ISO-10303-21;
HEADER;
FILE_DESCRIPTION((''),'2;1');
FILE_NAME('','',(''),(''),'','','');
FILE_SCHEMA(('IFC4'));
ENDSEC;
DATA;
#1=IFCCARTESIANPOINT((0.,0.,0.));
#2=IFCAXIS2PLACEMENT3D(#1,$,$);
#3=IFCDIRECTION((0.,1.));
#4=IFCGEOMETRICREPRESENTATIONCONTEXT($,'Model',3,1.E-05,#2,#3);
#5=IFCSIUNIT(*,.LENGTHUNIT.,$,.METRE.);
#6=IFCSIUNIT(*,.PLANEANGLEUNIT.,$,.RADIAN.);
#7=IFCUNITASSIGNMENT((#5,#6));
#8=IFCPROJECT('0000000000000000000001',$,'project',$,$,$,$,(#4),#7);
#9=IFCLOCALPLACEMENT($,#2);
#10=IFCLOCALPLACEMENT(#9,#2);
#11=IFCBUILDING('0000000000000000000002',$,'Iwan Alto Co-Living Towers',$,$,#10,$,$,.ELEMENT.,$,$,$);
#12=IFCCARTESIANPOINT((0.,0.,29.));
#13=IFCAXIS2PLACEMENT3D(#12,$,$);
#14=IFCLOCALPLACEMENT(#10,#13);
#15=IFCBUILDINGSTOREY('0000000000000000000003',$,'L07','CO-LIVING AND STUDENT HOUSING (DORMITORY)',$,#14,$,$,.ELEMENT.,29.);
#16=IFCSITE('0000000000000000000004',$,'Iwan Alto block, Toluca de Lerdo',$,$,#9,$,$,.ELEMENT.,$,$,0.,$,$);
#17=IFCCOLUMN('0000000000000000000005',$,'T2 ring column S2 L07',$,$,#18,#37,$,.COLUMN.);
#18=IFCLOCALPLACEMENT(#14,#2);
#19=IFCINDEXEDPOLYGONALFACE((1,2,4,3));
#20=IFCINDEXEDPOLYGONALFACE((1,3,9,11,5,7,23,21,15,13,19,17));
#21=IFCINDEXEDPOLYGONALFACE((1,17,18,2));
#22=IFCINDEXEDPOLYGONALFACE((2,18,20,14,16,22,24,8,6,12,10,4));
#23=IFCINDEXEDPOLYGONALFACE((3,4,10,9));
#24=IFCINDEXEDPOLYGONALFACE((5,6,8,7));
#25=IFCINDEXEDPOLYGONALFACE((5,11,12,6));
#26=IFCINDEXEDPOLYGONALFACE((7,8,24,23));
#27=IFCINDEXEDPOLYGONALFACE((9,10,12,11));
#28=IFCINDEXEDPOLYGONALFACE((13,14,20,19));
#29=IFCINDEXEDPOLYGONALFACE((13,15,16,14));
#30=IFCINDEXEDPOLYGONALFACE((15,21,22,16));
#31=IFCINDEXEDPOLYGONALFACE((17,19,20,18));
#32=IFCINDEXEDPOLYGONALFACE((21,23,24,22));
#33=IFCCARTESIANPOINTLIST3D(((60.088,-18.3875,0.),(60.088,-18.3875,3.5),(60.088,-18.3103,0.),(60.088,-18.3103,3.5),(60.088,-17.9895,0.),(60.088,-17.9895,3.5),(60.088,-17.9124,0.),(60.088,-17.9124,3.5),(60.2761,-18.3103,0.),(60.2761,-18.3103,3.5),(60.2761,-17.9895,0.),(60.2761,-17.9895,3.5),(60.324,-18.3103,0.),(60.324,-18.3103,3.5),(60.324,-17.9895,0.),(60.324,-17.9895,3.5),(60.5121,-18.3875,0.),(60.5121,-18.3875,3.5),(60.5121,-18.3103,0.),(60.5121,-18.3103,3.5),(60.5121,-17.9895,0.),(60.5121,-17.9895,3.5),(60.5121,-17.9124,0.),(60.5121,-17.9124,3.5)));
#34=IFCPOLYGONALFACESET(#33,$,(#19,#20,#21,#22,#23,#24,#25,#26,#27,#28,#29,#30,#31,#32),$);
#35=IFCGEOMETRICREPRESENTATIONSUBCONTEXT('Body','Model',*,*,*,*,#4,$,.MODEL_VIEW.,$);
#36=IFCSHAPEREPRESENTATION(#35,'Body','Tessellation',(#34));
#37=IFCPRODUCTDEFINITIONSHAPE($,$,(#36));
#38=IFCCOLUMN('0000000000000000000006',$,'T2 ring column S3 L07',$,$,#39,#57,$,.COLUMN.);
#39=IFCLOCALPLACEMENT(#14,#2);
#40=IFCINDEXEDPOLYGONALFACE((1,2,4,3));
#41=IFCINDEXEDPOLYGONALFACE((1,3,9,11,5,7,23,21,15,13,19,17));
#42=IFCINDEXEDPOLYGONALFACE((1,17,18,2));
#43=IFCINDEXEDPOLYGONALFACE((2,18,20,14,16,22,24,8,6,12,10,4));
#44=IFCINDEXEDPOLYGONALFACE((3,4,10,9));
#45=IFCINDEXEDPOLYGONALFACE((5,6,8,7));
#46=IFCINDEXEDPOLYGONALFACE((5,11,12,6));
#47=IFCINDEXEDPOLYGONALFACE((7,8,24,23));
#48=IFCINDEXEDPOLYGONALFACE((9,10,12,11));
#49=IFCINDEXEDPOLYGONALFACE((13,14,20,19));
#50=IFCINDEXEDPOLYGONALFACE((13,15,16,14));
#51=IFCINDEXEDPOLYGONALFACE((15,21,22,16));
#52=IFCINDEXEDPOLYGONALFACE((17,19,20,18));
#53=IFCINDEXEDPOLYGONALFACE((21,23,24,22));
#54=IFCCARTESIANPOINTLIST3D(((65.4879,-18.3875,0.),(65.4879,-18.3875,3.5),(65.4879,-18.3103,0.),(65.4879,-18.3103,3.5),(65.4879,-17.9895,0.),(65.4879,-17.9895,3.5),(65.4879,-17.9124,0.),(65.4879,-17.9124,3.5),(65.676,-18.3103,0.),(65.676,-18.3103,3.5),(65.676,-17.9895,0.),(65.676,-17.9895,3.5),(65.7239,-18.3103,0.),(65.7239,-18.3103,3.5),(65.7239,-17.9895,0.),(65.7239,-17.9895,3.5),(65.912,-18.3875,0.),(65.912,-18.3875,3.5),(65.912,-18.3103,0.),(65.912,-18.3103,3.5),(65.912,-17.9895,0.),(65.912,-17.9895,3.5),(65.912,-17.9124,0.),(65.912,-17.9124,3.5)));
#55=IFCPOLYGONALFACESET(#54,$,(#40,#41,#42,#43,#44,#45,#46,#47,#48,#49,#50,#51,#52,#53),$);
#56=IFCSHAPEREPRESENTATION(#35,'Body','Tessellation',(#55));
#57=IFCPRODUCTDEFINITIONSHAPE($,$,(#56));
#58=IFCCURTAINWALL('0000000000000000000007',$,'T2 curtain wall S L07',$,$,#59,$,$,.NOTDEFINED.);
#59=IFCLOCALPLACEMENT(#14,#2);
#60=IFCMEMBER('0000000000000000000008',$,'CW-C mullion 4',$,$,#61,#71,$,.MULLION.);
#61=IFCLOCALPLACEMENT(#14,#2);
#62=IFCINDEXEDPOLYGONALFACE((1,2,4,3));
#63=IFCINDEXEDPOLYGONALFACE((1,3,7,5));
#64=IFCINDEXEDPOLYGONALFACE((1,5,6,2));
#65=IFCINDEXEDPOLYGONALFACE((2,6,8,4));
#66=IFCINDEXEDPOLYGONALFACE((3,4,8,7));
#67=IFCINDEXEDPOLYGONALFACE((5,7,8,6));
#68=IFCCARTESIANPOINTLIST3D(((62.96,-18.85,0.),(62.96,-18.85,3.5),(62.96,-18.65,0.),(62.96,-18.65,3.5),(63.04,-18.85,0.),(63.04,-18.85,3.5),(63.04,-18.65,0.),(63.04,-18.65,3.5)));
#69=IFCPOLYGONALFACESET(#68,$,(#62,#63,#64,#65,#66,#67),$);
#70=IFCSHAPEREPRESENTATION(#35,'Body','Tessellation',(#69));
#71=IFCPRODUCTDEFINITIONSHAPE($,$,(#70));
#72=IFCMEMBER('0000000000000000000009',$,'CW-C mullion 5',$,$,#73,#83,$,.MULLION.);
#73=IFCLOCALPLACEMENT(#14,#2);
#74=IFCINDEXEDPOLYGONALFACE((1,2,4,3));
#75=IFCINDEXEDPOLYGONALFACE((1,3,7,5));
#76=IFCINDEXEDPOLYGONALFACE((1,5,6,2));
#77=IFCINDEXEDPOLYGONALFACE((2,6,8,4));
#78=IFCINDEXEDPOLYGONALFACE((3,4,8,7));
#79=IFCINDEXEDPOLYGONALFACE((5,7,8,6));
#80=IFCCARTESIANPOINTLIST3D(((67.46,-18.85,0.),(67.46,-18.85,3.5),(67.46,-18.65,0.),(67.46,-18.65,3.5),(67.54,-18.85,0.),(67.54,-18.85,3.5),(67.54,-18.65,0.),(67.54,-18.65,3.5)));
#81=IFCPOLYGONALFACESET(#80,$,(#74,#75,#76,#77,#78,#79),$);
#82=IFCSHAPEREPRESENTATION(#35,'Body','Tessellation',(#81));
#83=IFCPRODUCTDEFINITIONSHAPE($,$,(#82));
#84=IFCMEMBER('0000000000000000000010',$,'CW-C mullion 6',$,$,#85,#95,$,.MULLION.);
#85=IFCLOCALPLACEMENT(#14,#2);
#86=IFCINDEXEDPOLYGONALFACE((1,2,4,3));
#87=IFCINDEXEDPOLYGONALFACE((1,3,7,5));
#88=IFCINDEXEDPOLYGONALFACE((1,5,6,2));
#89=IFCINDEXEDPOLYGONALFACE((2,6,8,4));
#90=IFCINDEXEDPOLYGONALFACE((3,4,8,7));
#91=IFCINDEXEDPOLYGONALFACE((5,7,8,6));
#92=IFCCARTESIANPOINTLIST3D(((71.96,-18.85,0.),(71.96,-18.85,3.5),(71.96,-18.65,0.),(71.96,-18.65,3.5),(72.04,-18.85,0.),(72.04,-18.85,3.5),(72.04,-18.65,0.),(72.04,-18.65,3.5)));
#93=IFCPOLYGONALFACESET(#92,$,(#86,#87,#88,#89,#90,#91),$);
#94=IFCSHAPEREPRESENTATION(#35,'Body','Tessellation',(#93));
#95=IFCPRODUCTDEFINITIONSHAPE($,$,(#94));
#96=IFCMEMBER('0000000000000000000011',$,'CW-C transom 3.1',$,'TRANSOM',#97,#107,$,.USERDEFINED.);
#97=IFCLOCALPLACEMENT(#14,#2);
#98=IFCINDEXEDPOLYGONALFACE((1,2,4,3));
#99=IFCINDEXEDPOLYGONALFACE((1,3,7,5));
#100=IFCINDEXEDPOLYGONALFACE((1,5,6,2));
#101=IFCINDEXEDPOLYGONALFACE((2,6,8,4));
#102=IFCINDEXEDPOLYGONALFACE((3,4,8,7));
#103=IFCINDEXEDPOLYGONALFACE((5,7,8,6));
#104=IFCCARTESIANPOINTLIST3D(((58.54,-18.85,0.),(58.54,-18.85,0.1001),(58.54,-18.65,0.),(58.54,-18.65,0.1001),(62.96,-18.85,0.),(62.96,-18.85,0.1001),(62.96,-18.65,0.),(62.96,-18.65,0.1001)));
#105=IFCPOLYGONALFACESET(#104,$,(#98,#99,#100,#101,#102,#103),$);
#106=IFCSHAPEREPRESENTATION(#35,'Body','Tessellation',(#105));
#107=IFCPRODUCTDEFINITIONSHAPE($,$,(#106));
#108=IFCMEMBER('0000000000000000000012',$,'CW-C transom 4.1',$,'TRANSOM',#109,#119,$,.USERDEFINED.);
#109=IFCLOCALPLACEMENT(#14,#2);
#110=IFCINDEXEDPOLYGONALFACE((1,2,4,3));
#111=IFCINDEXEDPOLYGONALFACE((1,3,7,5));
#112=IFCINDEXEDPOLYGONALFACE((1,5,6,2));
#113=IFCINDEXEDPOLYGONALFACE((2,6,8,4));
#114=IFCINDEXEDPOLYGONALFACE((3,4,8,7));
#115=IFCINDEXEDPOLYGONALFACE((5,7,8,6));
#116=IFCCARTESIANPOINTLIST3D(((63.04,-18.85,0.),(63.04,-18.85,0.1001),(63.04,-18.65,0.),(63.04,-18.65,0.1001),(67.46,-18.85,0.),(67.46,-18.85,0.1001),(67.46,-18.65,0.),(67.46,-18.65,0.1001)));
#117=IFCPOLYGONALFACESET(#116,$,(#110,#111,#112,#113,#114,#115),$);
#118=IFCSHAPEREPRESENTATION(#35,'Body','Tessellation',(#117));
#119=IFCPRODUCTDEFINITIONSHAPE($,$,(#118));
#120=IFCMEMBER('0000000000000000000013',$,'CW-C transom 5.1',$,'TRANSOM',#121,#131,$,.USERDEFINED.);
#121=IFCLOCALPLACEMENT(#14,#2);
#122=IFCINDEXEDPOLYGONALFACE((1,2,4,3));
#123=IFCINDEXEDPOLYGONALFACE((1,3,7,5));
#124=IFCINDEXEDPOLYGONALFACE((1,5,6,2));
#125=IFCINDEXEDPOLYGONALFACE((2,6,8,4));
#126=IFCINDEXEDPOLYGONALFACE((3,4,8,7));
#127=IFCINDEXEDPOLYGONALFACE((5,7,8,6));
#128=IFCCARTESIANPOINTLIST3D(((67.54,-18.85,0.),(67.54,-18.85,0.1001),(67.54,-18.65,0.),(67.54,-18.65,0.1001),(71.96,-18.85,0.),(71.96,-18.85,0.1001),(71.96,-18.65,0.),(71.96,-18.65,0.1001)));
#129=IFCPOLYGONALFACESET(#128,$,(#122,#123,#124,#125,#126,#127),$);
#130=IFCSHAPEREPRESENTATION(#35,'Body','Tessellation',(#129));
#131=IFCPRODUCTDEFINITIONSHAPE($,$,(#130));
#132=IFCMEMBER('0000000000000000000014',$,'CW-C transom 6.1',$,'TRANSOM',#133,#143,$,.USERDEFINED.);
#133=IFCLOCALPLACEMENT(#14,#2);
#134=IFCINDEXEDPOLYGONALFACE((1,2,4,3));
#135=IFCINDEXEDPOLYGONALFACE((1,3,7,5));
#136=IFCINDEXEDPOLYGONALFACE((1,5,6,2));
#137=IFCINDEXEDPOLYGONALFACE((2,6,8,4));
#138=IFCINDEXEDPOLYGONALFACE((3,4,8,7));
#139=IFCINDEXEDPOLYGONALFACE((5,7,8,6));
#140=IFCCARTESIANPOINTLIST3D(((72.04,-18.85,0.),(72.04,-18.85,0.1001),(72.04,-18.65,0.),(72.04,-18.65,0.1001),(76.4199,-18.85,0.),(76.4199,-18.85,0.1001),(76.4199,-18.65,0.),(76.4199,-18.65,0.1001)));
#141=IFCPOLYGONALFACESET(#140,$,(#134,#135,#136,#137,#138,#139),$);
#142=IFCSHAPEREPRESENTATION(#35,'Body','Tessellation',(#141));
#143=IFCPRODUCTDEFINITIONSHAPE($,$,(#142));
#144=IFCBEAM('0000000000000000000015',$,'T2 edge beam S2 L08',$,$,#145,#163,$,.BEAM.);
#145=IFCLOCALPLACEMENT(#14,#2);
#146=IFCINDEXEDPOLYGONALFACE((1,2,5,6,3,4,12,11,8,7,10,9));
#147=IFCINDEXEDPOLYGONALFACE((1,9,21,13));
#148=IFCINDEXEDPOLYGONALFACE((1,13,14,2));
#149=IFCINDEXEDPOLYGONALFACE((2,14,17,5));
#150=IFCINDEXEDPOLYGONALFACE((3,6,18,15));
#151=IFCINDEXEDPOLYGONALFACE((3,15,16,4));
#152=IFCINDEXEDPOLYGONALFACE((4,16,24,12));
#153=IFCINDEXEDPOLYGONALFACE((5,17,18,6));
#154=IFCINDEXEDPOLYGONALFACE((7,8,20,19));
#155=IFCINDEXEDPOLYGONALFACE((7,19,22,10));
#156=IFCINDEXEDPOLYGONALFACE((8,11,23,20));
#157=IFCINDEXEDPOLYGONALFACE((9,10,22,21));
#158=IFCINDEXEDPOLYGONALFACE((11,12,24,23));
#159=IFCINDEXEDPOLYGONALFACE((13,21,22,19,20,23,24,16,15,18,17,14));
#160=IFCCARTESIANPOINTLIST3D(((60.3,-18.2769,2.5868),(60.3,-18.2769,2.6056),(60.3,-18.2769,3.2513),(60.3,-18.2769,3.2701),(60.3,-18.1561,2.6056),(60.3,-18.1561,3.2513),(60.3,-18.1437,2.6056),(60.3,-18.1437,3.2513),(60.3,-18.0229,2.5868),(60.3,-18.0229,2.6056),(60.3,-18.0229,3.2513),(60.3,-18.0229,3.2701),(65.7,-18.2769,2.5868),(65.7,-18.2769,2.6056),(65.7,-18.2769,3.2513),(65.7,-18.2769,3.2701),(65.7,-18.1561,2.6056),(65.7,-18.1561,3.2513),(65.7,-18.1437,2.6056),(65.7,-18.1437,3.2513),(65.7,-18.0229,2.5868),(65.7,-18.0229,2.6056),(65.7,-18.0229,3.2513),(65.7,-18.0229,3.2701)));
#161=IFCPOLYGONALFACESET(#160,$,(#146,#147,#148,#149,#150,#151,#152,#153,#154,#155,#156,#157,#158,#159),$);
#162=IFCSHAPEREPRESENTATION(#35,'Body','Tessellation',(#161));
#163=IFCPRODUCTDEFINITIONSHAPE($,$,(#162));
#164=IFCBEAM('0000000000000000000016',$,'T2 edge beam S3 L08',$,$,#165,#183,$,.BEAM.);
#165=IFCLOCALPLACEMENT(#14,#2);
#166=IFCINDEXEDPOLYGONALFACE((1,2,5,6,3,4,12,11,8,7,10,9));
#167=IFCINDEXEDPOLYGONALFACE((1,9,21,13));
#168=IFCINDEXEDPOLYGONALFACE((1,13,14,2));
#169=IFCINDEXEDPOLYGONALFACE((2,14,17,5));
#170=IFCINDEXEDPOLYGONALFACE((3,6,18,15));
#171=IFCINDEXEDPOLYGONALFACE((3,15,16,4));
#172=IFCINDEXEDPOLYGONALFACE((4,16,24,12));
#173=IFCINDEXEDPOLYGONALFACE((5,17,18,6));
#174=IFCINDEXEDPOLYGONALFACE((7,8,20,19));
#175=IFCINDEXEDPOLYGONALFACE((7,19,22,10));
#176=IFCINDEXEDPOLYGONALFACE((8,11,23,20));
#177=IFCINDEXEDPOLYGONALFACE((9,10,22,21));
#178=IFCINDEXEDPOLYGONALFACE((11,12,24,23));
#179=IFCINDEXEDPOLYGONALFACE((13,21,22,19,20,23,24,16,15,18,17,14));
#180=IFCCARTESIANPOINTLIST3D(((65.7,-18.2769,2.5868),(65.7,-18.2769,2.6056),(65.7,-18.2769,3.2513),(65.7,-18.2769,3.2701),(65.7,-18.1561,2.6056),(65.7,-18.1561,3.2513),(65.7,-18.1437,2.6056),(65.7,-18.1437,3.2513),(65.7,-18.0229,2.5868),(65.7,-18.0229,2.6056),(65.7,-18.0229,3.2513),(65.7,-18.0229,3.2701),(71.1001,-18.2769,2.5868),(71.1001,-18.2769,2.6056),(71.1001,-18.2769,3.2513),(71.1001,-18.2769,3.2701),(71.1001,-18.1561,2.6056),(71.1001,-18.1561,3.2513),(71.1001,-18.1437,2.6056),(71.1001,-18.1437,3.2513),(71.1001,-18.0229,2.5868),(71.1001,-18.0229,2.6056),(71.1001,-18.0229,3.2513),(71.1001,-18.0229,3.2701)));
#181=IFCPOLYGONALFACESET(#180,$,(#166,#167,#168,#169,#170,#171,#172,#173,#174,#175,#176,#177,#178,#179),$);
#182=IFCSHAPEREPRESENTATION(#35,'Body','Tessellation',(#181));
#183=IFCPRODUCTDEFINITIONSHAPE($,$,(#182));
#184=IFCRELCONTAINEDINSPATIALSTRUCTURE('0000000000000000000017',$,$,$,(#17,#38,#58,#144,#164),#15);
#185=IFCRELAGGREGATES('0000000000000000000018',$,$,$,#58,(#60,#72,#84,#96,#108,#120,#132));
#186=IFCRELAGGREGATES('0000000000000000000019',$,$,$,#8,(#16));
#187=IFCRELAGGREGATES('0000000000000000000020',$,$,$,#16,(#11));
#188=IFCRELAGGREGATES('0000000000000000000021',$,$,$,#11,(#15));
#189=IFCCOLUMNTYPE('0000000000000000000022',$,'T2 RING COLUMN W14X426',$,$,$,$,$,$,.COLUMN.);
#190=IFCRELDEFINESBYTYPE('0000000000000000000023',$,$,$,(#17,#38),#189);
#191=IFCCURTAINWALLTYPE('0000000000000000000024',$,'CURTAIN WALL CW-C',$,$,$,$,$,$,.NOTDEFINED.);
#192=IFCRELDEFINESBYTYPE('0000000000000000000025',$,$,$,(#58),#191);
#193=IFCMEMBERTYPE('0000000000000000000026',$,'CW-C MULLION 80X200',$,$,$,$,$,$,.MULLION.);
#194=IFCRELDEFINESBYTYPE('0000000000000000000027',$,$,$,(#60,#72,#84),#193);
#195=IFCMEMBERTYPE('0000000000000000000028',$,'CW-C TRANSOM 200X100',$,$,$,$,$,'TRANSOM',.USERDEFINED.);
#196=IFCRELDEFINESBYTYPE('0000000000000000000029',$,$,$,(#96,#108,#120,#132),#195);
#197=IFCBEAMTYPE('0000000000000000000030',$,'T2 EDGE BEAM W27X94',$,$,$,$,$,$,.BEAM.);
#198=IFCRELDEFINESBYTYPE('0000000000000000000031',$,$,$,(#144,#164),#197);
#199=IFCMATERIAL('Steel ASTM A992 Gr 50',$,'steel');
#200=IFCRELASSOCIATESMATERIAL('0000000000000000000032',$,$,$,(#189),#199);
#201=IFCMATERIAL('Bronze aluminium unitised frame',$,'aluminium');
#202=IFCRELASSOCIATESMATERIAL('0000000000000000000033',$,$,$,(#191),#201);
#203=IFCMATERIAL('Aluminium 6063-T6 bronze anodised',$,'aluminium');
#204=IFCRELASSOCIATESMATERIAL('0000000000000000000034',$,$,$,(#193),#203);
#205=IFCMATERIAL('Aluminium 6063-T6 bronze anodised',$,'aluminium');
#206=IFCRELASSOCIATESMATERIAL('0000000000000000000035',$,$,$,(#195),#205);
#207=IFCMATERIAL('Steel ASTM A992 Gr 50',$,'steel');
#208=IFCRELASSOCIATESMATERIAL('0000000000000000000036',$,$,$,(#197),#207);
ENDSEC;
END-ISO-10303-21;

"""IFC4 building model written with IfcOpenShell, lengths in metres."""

from ifc_helpers import new_model, si_unit, direction, frame, origin, origin_2d, place, context, subcontext, project, spatial, rectangle, i_section, extrude, material, material_profile, profile_set, type_object, element, aggregate, save


model = new_model("IFC4")

# Units and contexts
model_context = context("Model", 3, precision=1e-05, world=origin(), true_north=direction((0.0, 1.0)))
body_context = subcontext(model_context, "Body", "Model", "MODEL_VIEW")
ifc_project = project(units=[si_unit("LENGTHUNIT", "METRE"), si_unit("PLANEANGLEUNIT", "RADIAN")], contexts=[model_context])

# Site, building, storey
site_placement = place(None, origin())
site = spatial("IfcSite", under=ifc_project, at=site_placement, Name="Iwan Alto block, Toluca de Lerdo", CompositionType="ELEMENT", RefElevation=0.0)
building_placement = place(site_placement, origin())
building = spatial("IfcBuilding", under=site, at=building_placement, Name="Iwan Alto Co-Living Towers", CompositionType="ELEMENT")
storey_placement = place(building_placement, frame((0.0, 0.0, 29.0)))
storey = spatial("IfcBuildingStorey", under=building, at=storey_placement, Name="L07", Description="CO-LIVING AND STUDENT HOUSING (DORMITORY)", CompositionType="ELEMENT", Elevation=29.0)

# Columns
ifc_material_1 = material(Name="Steel ASTM A992 Gr 50", Category="steel")
ifc_material_profile_1 = material_profile(ifc_material_1, i_section(OverallWidth=0.4241, OverallDepth=0.4751, WebThickness=0.0479, FlangeThickness=0.0771, at=origin_2d()), Name="W14X426")
ifc_profile_set_1 = profile_set([ifc_material_profile_1], Name="Steel ASTM A992 Gr 50")
column_type = type_object("IfcColumnType", Name="T2 RING COLUMN W14X426", PredefinedType="COLUMN", material=ifc_profile_set_1)
for number, where, z_axis, x_axis, name in (
    (1, (60.3, -18.1499, 0.0), (0.0, 0.0, 1.0), (1.0, 0.0, 0.0), "T2 ring column S2 L07"),
    (2, (65.7, -18.1499, 0.0), (0.0, 0.0, 1.0), (1.0, 0.0, 0.0), "T2 ring column S3 L07"),
):
    element("IfcColumn", number, at=place(storey_placement, frame(where, z_axis=z_axis, x_axis=x_axis)), inside=storey, type_object=column_type, Name=name, PredefinedType="COLUMN", context=body_context, shape_type="SweptSolid", body=[
        extrude(i_section(OverallWidth=0.4241, OverallDepth=0.4751, WebThickness=0.0479, FlangeThickness=0.0771, at=origin_2d()), origin(), (0.0, 0.0, 1.0), 3.5),
    ])

# Curtain wall, members
ifc_material_2 = material(Name="Bronze aluminium unitised frame", Category="aluminium")
curtain_wall_type = type_object("IfcCurtainWallType", Name="CURTAIN WALL CW-C", PredefinedType="NOTDEFINED", material=ifc_material_2)
curtain_wall_placement = place(storey_placement, origin())
curtain_wall = element("IfcCurtainWall", 3, at=curtain_wall_placement, inside=storey, type_object=curtain_wall_type, Name="T2 curtain wall S L07", PredefinedType="NOTDEFINED")
ifc_material_3 = material(Name="Aluminium 6063-T6 bronze anodised", Category="aluminium")
ifc_material_profile_2 = material_profile(ifc_material_3, rectangle(XDim=0.2, YDim=0.0801, at=origin_2d()), Name="AL 80X200")
ifc_profile_set_2 = profile_set([ifc_material_profile_2], Name="Aluminium 6063-T6 bronze anodised")
member_type_1 = type_object("IfcMemberType", Name="CW-C MULLION 80X200", PredefinedType="MULLION", material=ifc_profile_set_2)
member_1_placement = place(storey_placement, frame((63.0, -18.75, 0.0), z_axis=(0.0, 0.0, 1.0), x_axis=(0.0, 1.0, 0.0)))
member_1 = element("IfcMember", 4, at=member_1_placement, type_object=member_type_1, Name="CW-C mullion 4", PredefinedType="MULLION", context=body_context, shape_type="SweptSolid", body=[
    extrude(rectangle(XDim=0.2, YDim=0.0801, at=origin_2d()), origin(), (0.0, 0.0, 1.0), 3.5),
])
member_2_placement = place(storey_placement, frame((67.5, -18.75, 0.0), z_axis=(0.0, 0.0, 1.0), x_axis=(0.0, 1.0, 0.0)))
member_2 = element("IfcMember", 5, at=member_2_placement, type_object=member_type_1, Name="CW-C mullion 5", PredefinedType="MULLION", context=body_context, shape_type="SweptSolid", body=[
    extrude(rectangle(XDim=0.2, YDim=0.0801, at=origin_2d()), origin(), (0.0, 0.0, 1.0), 3.5),
])
member_3_placement = place(storey_placement, frame((72.0, -18.75, 0.0), z_axis=(0.0, 0.0, 1.0), x_axis=(0.0, 1.0, 0.0)))
member_3 = element("IfcMember", 6, at=member_3_placement, type_object=member_type_1, Name="CW-C mullion 6", PredefinedType="MULLION", context=body_context, shape_type="SweptSolid", body=[
    extrude(rectangle(XDim=0.2, YDim=0.0801, at=origin_2d()), origin(), (0.0, 0.0, 1.0), 3.5),
])
ifc_material_4 = material(Name="Aluminium 6063-T6 bronze anodised", Category="aluminium")
ifc_material_profile_3 = material_profile(ifc_material_4, rectangle(XDim=0.2, YDim=0.1001, at=origin_2d()), Name="AL 200X100")
ifc_profile_set_3 = profile_set([ifc_material_profile_3], Name="Aluminium 6063-T6 bronze anodised")
member_type_2 = type_object("IfcMemberType", Name="CW-C TRANSOM 200X100", ElementType="TRANSOM", PredefinedType="USERDEFINED", material=ifc_profile_set_3)
member_4_placement = place(storey_placement, frame((58.54, -18.75, 0.05), z_axis=(1.0, 0.0, 0.0), x_axis=(0.0, 1.0, 0.0)))
member_4 = element("IfcMember", 7, at=member_4_placement, type_object=member_type_2, Name="CW-C transom 3.1", ObjectType="TRANSOM", PredefinedType="USERDEFINED", context=body_context, shape_type="SweptSolid", body=[
    extrude(rectangle(XDim=0.2, YDim=0.1001, at=origin_2d()), origin(), (0.0, 0.0, 1.0), 4.4199),
])
member_5_placement = place(storey_placement, frame((63.04, -18.75, 0.05), z_axis=(1.0, 0.0, 0.0), x_axis=(0.0, 1.0, 0.0)))
member_5 = element("IfcMember", 8, at=member_5_placement, type_object=member_type_2, Name="CW-C transom 4.1", ObjectType="TRANSOM", PredefinedType="USERDEFINED", context=body_context, shape_type="SweptSolid", body=[
    extrude(rectangle(XDim=0.2, YDim=0.1001, at=origin_2d()), origin(), (0.0, 0.0, 1.0), 4.4199),
])
member_6_placement = place(storey_placement, frame((67.54, -18.75, 0.05), z_axis=(1.0, 0.0, 0.0), x_axis=(0.0, 1.0, 0.0)))
member_6 = element("IfcMember", 9, at=member_6_placement, type_object=member_type_2, Name="CW-C transom 5.1", ObjectType="TRANSOM", PredefinedType="USERDEFINED", context=body_context, shape_type="SweptSolid", body=[
    extrude(rectangle(XDim=0.2, YDim=0.1001, at=origin_2d()), origin(), (0.0, 0.0, 1.0), 4.4199),
])
member_7_placement = place(storey_placement, frame((72.04, -18.75, 0.05), z_axis=(1.0, 0.0, 0.0), x_axis=(0.0, 1.0, 0.0)))
member_7 = element("IfcMember", 10, at=member_7_placement, type_object=member_type_2, Name="CW-C transom 6.1", ObjectType="TRANSOM", PredefinedType="USERDEFINED", context=body_context, shape_type="SweptSolid", body=[
    extrude(rectangle(XDim=0.2, YDim=0.1001, at=origin_2d()), origin(), (0.0, 0.0, 1.0), 4.3799),
])

# Beams
ifc_material_5 = material(Name="Steel ASTM A992 Gr 50", Category="steel")
ifc_material_profile_4 = material_profile(ifc_material_5, i_section(OverallWidth=0.2539, OverallDepth=0.6833, WebThickness=0.0125, FlangeThickness=0.0188, at=origin_2d()), Name="W27X94")
ifc_profile_set_4 = profile_set([ifc_material_profile_4], Name="Steel ASTM A992 Gr 50")
beam_type_1 = type_object("IfcBeamType", Name="T2 EDGE BEAM W27X94", PredefinedType="BEAM", material=ifc_profile_set_4)
beam_1_placement = place(storey_placement, frame((60.3, -18.1499, 2.9285), z_axis=(1.0, 0.0, 0.0), x_axis=(0.0, 1.0, 0.0)))
element("IfcBeam", 11, at=beam_1_placement, inside=storey, type_object=beam_type_1, Name="T2 edge beam S2 L08", PredefinedType="BEAM", context=body_context, shape_type="SweptSolid", body=[
    extrude(i_section(OverallWidth=0.2539, OverallDepth=0.6833, WebThickness=0.0125, FlangeThickness=0.0188, at=origin_2d()), origin(), (0.0, 0.0, 1.0), 5.3999),
])
beam_2_placement = place(storey_placement, frame((65.7, -18.1499, 2.9285), z_axis=(1.0, 0.0, 0.0), x_axis=(0.0, 1.0, 0.0)))
element("IfcBeam", 12, at=beam_2_placement, inside=storey, type_object=beam_type_1, Name="T2 edge beam S3 L08", PredefinedType="BEAM", context=body_context, shape_type="SweptSolid", body=[
    extrude(i_section(OverallWidth=0.2539, OverallDepth=0.6833, WebThickness=0.0125, FlangeThickness=0.0188, at=origin_2d()), origin(), (0.0, 0.0, 1.0), 5.4001),
])

aggregate(curtain_wall, [member_1, member_2, member_3, member_4, member_5, member_6, member_7])

save(model, "model.ifc")
